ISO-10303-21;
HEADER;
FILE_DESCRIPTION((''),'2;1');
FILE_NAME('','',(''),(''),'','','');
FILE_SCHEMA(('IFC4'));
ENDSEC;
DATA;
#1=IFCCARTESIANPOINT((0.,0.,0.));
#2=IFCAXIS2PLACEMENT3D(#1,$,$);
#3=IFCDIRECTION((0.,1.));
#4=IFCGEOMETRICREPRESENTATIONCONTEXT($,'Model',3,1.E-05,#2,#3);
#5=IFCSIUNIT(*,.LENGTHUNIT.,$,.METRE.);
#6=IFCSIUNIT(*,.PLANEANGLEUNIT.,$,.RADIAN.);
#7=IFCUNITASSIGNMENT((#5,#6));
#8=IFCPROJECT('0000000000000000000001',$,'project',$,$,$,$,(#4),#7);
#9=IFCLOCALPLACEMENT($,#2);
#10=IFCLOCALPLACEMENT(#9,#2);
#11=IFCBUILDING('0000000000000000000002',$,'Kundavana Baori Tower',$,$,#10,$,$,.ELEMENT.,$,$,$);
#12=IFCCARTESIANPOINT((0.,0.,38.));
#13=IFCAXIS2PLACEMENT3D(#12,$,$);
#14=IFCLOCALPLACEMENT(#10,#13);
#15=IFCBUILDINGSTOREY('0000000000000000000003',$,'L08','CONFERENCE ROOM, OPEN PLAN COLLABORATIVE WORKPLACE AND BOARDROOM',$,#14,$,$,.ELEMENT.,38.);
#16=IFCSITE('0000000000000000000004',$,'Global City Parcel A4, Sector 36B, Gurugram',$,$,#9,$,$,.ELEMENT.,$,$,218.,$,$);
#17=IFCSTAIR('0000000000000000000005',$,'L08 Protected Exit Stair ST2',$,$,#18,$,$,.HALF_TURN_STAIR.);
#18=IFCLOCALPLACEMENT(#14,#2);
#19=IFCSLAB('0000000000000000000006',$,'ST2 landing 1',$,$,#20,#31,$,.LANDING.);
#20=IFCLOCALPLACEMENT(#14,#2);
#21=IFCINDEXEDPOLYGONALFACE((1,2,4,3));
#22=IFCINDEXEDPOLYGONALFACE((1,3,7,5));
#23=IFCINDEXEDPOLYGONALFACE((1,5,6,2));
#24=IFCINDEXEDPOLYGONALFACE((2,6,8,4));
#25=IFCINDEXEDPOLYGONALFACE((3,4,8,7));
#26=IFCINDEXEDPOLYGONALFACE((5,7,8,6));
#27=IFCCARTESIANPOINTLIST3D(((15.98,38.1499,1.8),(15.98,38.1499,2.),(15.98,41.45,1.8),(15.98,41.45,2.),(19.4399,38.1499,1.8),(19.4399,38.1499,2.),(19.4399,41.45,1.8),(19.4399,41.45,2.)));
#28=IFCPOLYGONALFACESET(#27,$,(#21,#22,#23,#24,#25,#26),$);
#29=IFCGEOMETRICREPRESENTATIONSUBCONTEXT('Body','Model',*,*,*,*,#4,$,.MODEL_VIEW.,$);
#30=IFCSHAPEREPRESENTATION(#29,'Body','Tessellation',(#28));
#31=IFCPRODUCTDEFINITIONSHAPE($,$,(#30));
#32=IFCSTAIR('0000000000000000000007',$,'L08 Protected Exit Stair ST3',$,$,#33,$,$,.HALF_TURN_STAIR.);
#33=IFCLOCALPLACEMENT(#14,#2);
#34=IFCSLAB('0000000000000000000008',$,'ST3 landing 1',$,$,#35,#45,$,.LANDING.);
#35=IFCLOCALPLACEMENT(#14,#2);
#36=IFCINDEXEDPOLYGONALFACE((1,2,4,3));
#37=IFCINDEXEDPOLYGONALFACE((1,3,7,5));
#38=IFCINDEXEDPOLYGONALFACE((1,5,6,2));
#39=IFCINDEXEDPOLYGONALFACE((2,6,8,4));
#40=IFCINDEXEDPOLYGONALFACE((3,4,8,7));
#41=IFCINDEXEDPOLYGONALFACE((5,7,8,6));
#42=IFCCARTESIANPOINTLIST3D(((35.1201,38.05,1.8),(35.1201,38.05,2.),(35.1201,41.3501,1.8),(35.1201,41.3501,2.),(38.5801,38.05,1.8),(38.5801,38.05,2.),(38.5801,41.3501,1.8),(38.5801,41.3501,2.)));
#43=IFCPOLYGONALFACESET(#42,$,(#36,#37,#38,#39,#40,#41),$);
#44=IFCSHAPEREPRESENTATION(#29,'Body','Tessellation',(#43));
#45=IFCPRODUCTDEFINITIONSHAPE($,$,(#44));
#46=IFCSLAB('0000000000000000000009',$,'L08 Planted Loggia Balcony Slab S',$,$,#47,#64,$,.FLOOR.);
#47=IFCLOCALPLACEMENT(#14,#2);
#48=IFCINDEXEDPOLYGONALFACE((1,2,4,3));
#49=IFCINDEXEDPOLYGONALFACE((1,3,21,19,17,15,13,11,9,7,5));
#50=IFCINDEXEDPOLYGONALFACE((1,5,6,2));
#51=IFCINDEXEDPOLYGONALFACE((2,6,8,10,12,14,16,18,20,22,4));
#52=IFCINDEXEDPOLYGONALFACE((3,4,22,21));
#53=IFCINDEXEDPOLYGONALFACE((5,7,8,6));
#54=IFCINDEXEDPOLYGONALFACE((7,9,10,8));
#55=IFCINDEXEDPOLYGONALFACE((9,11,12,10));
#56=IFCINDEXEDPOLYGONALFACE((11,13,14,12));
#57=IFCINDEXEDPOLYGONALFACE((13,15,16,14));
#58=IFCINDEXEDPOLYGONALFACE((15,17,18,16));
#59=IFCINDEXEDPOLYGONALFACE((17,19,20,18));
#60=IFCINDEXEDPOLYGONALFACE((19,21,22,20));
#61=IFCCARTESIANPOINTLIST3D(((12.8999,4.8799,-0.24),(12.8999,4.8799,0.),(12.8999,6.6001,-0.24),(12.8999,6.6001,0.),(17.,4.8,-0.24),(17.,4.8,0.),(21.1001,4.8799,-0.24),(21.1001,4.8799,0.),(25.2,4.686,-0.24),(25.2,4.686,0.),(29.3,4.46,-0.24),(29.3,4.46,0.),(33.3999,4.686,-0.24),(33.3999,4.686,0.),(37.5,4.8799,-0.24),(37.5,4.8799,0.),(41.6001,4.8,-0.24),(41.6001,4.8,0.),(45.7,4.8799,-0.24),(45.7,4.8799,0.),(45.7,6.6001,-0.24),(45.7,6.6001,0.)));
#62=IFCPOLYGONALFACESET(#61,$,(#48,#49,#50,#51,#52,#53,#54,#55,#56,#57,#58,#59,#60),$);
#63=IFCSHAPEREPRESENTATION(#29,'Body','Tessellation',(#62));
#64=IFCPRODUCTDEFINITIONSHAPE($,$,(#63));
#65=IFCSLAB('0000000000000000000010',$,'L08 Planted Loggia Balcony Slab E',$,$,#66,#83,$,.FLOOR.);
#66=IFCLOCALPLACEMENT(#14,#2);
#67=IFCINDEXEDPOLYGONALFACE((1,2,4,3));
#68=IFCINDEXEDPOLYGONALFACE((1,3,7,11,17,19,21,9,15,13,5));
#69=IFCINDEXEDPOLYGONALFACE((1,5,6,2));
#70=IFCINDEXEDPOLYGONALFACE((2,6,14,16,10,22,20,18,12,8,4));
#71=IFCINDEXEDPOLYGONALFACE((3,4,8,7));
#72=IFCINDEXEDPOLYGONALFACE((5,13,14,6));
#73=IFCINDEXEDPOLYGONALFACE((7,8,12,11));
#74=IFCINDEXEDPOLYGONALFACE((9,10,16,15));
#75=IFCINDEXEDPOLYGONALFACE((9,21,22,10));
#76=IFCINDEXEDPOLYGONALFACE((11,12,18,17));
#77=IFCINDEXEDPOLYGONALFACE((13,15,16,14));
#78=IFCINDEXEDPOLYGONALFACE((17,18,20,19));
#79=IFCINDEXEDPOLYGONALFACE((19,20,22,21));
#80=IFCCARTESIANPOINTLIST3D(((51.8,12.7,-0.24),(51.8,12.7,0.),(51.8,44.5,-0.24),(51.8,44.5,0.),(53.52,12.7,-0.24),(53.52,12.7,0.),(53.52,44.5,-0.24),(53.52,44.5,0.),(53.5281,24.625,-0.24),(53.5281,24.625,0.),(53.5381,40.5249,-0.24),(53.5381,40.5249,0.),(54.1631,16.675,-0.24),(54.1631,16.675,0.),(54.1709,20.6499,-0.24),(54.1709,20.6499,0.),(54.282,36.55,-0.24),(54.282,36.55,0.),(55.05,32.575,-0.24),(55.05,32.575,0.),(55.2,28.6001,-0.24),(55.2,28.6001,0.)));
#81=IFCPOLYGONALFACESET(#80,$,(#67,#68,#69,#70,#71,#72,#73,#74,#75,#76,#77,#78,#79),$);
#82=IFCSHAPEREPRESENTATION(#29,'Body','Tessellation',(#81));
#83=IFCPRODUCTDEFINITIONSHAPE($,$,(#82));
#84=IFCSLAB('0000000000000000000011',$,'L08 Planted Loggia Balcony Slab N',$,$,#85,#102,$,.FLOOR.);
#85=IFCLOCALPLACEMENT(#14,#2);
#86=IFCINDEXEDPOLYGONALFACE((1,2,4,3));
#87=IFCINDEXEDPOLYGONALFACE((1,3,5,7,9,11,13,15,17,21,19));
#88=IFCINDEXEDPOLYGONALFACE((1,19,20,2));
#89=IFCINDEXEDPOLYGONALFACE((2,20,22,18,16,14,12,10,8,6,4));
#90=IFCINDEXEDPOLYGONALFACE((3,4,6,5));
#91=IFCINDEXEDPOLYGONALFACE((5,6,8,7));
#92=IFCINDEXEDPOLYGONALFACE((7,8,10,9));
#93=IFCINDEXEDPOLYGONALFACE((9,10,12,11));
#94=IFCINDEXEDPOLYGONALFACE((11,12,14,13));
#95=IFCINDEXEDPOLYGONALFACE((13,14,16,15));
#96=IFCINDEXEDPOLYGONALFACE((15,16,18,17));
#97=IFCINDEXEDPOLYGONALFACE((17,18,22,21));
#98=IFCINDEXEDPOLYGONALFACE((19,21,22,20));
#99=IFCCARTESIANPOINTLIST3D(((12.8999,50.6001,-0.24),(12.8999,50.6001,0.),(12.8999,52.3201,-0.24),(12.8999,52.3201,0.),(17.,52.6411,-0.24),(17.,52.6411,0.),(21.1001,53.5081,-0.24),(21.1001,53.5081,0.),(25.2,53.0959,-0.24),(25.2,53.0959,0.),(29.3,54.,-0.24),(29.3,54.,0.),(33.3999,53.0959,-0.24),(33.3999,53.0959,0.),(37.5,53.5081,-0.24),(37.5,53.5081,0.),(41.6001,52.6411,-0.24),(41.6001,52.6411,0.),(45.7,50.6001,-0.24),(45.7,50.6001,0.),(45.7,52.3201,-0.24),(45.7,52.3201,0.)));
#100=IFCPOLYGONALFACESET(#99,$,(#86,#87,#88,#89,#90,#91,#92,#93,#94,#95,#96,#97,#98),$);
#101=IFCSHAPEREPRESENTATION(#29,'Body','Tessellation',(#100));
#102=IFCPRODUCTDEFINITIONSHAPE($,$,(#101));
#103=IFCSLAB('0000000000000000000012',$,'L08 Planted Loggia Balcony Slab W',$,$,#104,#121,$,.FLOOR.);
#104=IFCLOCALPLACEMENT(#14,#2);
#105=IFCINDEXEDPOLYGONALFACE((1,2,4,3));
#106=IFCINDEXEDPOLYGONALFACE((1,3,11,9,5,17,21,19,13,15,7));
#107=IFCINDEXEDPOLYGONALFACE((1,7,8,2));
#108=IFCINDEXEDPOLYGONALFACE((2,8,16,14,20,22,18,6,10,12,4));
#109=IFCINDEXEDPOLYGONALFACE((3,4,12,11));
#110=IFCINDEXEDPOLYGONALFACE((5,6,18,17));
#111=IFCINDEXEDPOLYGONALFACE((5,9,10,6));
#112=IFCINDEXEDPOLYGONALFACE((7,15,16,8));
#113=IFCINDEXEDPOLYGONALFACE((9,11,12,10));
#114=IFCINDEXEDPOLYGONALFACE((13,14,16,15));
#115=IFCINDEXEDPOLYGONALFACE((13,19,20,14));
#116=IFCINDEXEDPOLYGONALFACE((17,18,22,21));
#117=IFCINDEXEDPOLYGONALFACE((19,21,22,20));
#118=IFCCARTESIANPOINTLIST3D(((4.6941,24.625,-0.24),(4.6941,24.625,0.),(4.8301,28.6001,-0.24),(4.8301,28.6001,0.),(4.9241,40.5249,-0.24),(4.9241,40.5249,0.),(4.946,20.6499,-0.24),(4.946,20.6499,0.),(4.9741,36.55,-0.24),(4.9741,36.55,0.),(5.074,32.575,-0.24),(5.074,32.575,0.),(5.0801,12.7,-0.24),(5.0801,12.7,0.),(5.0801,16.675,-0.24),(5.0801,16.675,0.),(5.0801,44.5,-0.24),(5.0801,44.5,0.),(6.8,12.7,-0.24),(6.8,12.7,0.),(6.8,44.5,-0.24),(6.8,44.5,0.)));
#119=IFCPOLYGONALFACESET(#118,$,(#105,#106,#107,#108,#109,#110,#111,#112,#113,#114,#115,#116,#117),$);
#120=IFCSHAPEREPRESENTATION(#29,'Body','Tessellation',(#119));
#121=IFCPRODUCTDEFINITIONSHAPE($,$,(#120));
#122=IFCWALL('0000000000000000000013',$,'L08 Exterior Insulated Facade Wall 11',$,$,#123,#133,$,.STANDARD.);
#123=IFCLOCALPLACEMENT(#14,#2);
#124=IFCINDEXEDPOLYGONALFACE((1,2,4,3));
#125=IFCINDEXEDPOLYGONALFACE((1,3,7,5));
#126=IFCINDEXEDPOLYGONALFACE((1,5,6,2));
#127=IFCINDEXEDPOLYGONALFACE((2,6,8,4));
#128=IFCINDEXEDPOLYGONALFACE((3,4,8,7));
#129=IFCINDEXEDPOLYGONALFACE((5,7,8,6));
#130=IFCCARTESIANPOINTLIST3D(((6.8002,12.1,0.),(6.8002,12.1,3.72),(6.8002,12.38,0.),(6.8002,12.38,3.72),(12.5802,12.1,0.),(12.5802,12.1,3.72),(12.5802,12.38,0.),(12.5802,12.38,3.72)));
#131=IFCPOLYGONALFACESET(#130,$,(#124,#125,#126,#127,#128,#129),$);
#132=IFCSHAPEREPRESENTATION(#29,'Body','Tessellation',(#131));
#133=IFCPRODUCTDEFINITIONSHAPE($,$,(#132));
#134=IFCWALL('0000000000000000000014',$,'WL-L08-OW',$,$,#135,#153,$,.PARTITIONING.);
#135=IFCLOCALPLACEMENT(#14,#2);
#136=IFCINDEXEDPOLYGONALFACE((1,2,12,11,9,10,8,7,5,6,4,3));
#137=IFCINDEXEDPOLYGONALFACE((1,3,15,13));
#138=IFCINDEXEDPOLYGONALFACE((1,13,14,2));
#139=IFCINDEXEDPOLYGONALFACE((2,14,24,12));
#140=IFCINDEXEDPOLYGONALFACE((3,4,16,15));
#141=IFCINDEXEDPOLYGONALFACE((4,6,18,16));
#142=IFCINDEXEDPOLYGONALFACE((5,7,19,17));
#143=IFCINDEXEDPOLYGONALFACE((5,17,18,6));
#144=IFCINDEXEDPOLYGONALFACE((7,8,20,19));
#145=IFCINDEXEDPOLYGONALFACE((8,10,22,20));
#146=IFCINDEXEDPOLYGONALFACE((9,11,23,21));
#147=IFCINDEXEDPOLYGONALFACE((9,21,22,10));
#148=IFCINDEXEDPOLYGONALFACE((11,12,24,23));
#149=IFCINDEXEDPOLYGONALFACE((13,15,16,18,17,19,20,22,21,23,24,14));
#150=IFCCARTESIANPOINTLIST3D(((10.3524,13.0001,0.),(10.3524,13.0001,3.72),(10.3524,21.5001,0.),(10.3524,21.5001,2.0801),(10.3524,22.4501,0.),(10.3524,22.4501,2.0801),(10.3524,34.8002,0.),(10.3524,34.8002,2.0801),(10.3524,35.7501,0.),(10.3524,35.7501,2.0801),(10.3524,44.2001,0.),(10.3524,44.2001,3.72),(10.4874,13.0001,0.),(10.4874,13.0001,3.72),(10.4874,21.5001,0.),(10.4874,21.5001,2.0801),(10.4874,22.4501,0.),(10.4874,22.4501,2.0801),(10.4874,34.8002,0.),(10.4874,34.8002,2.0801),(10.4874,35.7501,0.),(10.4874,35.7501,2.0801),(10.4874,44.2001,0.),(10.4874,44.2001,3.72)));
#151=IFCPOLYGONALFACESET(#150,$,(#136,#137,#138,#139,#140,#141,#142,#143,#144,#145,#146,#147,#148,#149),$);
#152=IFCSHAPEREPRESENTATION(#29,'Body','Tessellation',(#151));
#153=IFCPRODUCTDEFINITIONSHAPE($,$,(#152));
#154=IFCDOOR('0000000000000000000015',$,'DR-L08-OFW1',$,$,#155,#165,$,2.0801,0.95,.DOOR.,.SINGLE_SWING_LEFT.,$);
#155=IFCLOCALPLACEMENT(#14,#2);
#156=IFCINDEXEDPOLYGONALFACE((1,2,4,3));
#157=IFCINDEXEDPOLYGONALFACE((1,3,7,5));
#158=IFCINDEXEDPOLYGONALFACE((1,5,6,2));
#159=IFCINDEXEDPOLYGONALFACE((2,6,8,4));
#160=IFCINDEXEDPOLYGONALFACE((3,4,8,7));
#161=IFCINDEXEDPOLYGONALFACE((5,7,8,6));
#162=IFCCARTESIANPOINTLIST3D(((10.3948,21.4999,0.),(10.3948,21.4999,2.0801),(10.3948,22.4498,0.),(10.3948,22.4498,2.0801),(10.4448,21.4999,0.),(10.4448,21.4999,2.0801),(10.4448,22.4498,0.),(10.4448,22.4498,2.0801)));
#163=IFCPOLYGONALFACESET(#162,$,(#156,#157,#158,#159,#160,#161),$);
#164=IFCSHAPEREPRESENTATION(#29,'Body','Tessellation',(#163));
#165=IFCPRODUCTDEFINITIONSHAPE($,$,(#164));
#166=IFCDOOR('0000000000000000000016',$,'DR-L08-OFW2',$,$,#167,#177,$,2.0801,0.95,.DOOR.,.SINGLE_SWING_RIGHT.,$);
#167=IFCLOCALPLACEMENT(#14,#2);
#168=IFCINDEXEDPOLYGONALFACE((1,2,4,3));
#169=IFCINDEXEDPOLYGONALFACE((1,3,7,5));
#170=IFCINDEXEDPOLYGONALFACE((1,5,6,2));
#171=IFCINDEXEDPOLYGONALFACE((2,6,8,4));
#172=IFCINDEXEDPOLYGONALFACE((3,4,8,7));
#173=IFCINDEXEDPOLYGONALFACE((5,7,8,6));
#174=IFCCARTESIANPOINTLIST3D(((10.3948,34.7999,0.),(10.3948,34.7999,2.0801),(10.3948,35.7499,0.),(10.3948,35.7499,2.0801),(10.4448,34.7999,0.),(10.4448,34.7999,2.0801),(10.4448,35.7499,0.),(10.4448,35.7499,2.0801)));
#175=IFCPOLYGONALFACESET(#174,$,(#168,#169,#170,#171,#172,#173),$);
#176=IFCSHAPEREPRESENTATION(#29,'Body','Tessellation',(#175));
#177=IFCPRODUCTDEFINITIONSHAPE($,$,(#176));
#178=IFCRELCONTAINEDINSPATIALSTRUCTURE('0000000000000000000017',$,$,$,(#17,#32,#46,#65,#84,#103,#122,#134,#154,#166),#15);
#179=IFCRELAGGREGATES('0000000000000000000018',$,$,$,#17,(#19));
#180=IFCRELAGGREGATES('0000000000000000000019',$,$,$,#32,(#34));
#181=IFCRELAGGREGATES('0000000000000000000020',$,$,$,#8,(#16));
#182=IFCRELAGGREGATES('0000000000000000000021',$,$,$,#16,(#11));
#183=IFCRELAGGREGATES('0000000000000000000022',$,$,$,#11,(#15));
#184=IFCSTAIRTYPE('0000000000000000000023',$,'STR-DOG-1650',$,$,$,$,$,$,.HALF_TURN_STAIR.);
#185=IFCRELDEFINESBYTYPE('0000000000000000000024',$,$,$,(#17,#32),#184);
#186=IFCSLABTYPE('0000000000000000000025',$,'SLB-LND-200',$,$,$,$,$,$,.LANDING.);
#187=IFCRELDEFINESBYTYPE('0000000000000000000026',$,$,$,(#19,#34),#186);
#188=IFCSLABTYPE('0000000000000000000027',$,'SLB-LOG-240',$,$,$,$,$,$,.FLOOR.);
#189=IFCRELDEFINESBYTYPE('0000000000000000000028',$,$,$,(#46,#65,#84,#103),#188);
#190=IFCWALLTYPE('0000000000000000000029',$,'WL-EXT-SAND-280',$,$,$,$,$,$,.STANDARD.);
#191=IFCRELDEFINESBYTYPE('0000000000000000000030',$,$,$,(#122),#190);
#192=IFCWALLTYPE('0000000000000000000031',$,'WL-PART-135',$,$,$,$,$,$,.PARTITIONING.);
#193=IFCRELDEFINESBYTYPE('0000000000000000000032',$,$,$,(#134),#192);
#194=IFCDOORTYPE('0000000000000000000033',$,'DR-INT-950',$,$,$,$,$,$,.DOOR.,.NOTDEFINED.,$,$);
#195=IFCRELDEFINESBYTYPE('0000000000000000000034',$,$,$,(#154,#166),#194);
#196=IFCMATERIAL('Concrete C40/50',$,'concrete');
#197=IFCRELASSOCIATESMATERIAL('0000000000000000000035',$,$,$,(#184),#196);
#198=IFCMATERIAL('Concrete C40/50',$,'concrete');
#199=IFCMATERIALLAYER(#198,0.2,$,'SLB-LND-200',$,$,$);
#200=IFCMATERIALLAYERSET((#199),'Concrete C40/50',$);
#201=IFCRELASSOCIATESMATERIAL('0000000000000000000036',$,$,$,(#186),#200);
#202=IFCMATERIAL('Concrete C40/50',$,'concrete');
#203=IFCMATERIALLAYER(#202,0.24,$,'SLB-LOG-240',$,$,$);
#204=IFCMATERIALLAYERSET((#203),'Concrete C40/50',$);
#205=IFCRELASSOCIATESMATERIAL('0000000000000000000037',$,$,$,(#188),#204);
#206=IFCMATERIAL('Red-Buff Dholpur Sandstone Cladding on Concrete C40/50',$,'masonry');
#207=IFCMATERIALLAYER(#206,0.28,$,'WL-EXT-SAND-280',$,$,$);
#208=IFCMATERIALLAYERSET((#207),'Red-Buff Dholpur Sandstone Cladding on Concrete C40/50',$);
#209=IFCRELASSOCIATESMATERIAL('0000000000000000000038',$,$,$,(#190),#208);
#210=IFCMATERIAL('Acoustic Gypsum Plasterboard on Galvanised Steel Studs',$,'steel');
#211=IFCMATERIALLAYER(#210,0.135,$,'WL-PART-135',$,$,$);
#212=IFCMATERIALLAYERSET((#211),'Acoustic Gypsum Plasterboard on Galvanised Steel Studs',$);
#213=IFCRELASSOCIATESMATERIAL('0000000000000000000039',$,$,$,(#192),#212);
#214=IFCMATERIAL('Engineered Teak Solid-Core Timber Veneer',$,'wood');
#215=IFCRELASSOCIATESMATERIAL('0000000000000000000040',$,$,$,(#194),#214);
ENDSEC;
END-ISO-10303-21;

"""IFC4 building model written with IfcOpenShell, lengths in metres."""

from ifc_helpers import new_model, si_unit, direction, frame, frame_2d, origin, place, context, subcontext, project, spatial, polyline, rectangle, outline, extrude, material, layer, layer_set, type_object, element, fill, aggregate, save


model = new_model("IFC4")

# Units and contexts
model_context = context("Model", 3, precision=1e-05, world=origin(), true_north=direction((0.0, 1.0)))
body_context = subcontext(model_context, "Body", "Model", "MODEL_VIEW")
ifc_project = project(units=[si_unit("LENGTHUNIT", "METRE"), si_unit("PLANEANGLEUNIT", "RADIAN")], contexts=[model_context])

# Site, building, storey
site_placement = place(None, origin())
site = spatial("IfcSite", under=ifc_project, at=site_placement, Name="Global City Parcel A4, Sector 36B, Gurugram", CompositionType="ELEMENT", RefElevation=218.0)
building_placement = place(site_placement, origin())
building = spatial("IfcBuilding", under=site, at=building_placement, Name="Kundavana Baori Tower", CompositionType="ELEMENT")
storey_placement = place(building_placement, frame((0.0, 0.0, 38.0)))
storey = spatial("IfcBuildingStorey", under=building, at=storey_placement, Name="L08", Description="CONFERENCE ROOM, OPEN PLAN COLLABORATIVE WORKPLACE AND BOARDROOM", CompositionType="ELEMENT", Elevation=38.0)

# Stairs, slabs
ifc_material_1 = material(Name="Concrete C40/50", Category="concrete")
stair_type = type_object("IfcStairType", Name="STR-DOG-1650", PredefinedType="HALF_TURN_STAIR", material=ifc_material_1)
ifc_material_2 = material(Name="Concrete C40/50", Category="concrete")
ifc_layer_1 = layer(ifc_material_2, 0.2, Name="SLB-LND-200")
ifc_layer_set_1 = layer_set([ifc_layer_1], Name="Concrete C40/50")
slab_type_1 = type_object("IfcSlabType", Name="SLB-LND-200", PredefinedType="LANDING", material=ifc_layer_set_1)
stair_1_placement = place(storey_placement, origin())
stair_1 = element("IfcStair", 1, at=stair_1_placement, inside=storey, type_object=stair_type, Name="L08 Protected Exit Stair ST2", PredefinedType="HALF_TURN_STAIR")
slab_1_placement = place(storey_placement, frame((0.0, 0.0, 1.8)))
slab_1 = element("IfcSlab", 2, at=slab_1_placement, type_object=slab_type_1, Name="ST2 landing 1", PredefinedType="LANDING", context=body_context, shape_type="SweptSolid", body=[
    extrude(outline(polyline([(19.4399, 38.1499), (19.4399, 41.45), (15.98, 41.45), (15.98, 38.1499), (19.4399, 38.1499)])), origin(), (0.0, 0.0, 1.0), 0.2),
])
aggregate(stair_1, [slab_1])
stair_2_placement = place(storey_placement, origin())
stair_2 = element("IfcStair", 3, at=stair_2_placement, inside=storey, type_object=stair_type, Name="L08 Protected Exit Stair ST3", PredefinedType="HALF_TURN_STAIR")
slab_2_placement = place(storey_placement, frame((0.0, 0.0, 1.8)))
slab_2 = element("IfcSlab", 4, at=slab_2_placement, type_object=slab_type_1, Name="ST3 landing 1", PredefinedType="LANDING", context=body_context, shape_type="SweptSolid", body=[
    extrude(outline(polyline([(38.5801, 38.05), (38.5801, 41.3501), (35.1201, 41.3501), (35.1201, 38.05), (38.5801, 38.05)])), origin(), (0.0, 0.0, 1.0), 0.2),
])
aggregate(stair_2, [slab_2])

# Slabs
ifc_material_3 = material(Name="Concrete C40/50", Category="concrete")
ifc_layer_2 = layer(ifc_material_3, 0.24, Name="SLB-LOG-240")
ifc_layer_set_2 = layer_set([ifc_layer_2], Name="Concrete C40/50")
slab_type_2 = type_object("IfcSlabType", Name="SLB-LOG-240", PredefinedType="FLOOR", material=ifc_layer_set_2)
slab_3_placement = place(storey_placement, frame((0.0, 0.0, -0.24)))
element("IfcSlab", 5, at=slab_3_placement, inside=storey, type_object=slab_type_2, Name="L08 Planted Loggia Balcony Slab S", PredefinedType="FLOOR", context=body_context, shape_type="SweptSolid", body=[
    extrude(outline(polyline([(12.8999, 6.6001), (45.7, 6.6001), (45.7, 4.8799), (41.6001, 4.8), (37.5, 4.8799), (33.3999, 4.686), (29.3, 4.46), (25.2, 4.686), (21.1001, 4.8799), (17.0, 4.8), (12.8999, 4.8799), (12.8999, 6.6001)])), origin(), (0.0, 0.0, 1.0), 0.24),
])
slab_4_placement = place(storey_placement, frame((0.0, 0.0, -0.24)))
element("IfcSlab", 6, at=slab_4_placement, inside=storey, type_object=slab_type_2, Name="L08 Planted Loggia Balcony Slab E", PredefinedType="FLOOR", context=body_context, shape_type="SweptSolid", body=[
    extrude(outline(polyline([(51.8, 12.7), (51.8, 44.5), (53.52, 44.5), (53.5381, 40.5249), (54.282, 36.55), (55.05, 32.575), (55.2, 28.6001), (53.5281, 24.625), (54.1709, 20.6499), (54.1631, 16.675), (53.52, 12.7), (51.8, 12.7)])), origin(), (0.0, 0.0, 1.0), 0.24),
])
slab_5_placement = place(storey_placement, frame((0.0, 0.0, -0.24)))
element("IfcSlab", 7, at=slab_5_placement, inside=storey, type_object=slab_type_2, Name="L08 Planted Loggia Balcony Slab N", PredefinedType="FLOOR", context=body_context, shape_type="SweptSolid", body=[
    extrude(outline(polyline([(45.7, 50.6001), (12.8999, 50.6001), (12.8999, 52.3201), (17.0, 52.6411), (21.1001, 53.5081), (25.2, 53.0959), (29.3, 54.0), (33.3999, 53.0959), (37.5, 53.5081), (41.6001, 52.6411), (45.7, 52.3201), (45.7, 50.6001)])), origin(), (0.0, 0.0, 1.0), 0.24),
])
slab_6_placement = place(storey_placement, frame((0.0, 0.0, -0.24)))
element("IfcSlab", 8, at=slab_6_placement, inside=storey, type_object=slab_type_2, Name="L08 Planted Loggia Balcony Slab W", PredefinedType="FLOOR", context=body_context, shape_type="SweptSolid", body=[
    extrude(outline(polyline([(6.8, 44.5), (6.8, 12.7), (5.0801, 12.7), (5.0801, 16.675), (4.946, 20.6499), (4.6941, 24.625), (4.8301, 28.6001), (5.074, 32.575), (4.9741, 36.55), (4.9241, 40.5249), (5.0801, 44.5), (6.8, 44.5)])), origin(), (0.0, 0.0, 1.0), 0.24),
])

# Wall
ifc_material_4 = material(Name="Red-Buff Dholpur Sandstone Cladding on Concrete C40/50", Category="masonry")
ifc_layer_3 = layer(ifc_material_4, 0.28, Name="WL-EXT-SAND-280")
ifc_layer_set_3 = layer_set([ifc_layer_3], Name="Red-Buff Dholpur Sandstone Cladding on Concrete C40/50")
wall_type_1 = type_object("IfcWallType", Name="WL-EXT-SAND-280", PredefinedType="STANDARD", material=ifc_layer_set_3)
wall_1_placement = place(storey_placement, frame((6.8, 12.24, 0.0), z_axis=(0.0, 0.0, 1.0), x_axis=(1.0, 0.0, 0.0)))
element("IfcWall", 9, at=wall_1_placement, inside=storey, type_object=wall_type_1, Name="L08 Exterior Insulated Facade Wall 11", PredefinedType="STANDARD", context=body_context, shape_type="SweptSolid", body=[
    extrude(rectangle(XDim=5.78, YDim=0.28, at=frame_2d((2.8901, 0.0))), origin(), (0.0, 0.0, 1.0), 3.72),
])

# Wall, openings, doors
ifc_material_5 = material(Name="Acoustic Gypsum Plasterboard on Galvanised Steel Studs", Category="steel")
ifc_layer_4 = layer(ifc_material_5, 0.135, Name="WL-PART-135")
ifc_layer_set_4 = layer_set([ifc_layer_4], Name="Acoustic Gypsum Plasterboard on Galvanised Steel Studs")
wall_type_2 = type_object("IfcWallType", Name="WL-PART-135", PredefinedType="PARTITIONING", material=ifc_layer_set_4)
wall_2_placement = place(storey_placement, frame((10.4199, 13.0, 0.0), z_axis=(0.0, 0.0, 1.0), x_axis=(0.0, 1.0, 0.0)))
wall_2 = element("IfcWall", 10, at=wall_2_placement, inside=storey, type_object=wall_type_2, Name="WL-L08-OW", PredefinedType="PARTITIONING", context=body_context, shape_type="SweptSolid", body=[
    extrude(rectangle(XDim=31.2, YDim=0.135, at=frame_2d((15.6001, 0.0))), origin(), (0.0, 0.0, 1.0), 3.72),
])
opening_1_placement = place(wall_2_placement, frame((8.5, 0.0, 0.0)))
opening_1 = element("IfcOpeningElement", 11, at=opening_1_placement, cuts=wall_2, PredefinedType="OPENING", context=body_context, shape_type="SweptSolid", body=[
    extrude(rectangle(XDim=0.95, YDim=2.0801, at=frame_2d((0.4751, 1.04))), frame((0.0, 0.0776, 0.0), z_axis=(0.0, -1.0, 0.0), x_axis=(1.0, 0.0, 0.0)), (0.0, 0.0, 1.0), 0.155),
])
opening_2_placement = place(wall_2_placement, frame((21.8, 0.0, 0.0)))
opening_2 = element("IfcOpeningElement", 12, at=opening_2_placement, cuts=wall_2, PredefinedType="OPENING", context=body_context, shape_type="SweptSolid", body=[
    extrude(rectangle(XDim=0.95, YDim=2.0801, at=frame_2d((0.4751, 1.04))), frame((0.0, 0.0776, 0.0), z_axis=(0.0, -1.0, 0.0), x_axis=(1.0, 0.0, 0.0)), (0.0, 0.0, 1.0), 0.155),
])
ifc_material_6 = material(Name="Engineered Teak Solid-Core Timber Veneer", Category="wood")
door_type_1 = type_object("IfcDoorType", Name="DR-INT-950", OperationType="NOTDEFINED", PredefinedType="DOOR", material=ifc_material_6)
door_1_placement = place(opening_1_placement, frame((0.95, 0.0, 0.0), z_axis=(0.0, 0.0, 1.0), x_axis=(-1.0, 0.0, 0.0)))
door_1 = element("IfcDoor", 13, at=door_1_placement, inside=storey, type_object=door_type_1, Name="DR-L08-OFW1", OperationType="SINGLE_SWING_LEFT", OverallHeight=2.0801, OverallWidth=0.95, PredefinedType="DOOR", context=body_context, shape_type="SweptSolid", body=[
    extrude(rectangle(XDim=0.95, YDim=2.0801, at=frame_2d((0.4751, 1.04))), frame((0.0, 0.0249, 0.0), z_axis=(0.0, -1.0, 0.0), x_axis=(1.0, 0.0, 0.0)), (0.0, 0.0, 1.0), 0.05),
])
fill(opening_1, door_1)
door_2_placement = place(opening_2_placement, frame((0.95, 0.0, 0.0), z_axis=(0.0, 0.0, 1.0), x_axis=(-1.0, 0.0, 0.0)))
door_2 = element("IfcDoor", 14, at=door_2_placement, inside=storey, type_object=door_type_1, Name="DR-L08-OFW2", OperationType="SINGLE_SWING_RIGHT", OverallHeight=2.0801, OverallWidth=0.95, PredefinedType="DOOR", context=body_context, shape_type="SweptSolid", body=[
    extrude(rectangle(XDim=0.95, YDim=2.0801, at=frame_2d((0.4751, 1.04))), frame((0.0, 0.0249, 0.0), z_axis=(0.0, -1.0, 0.0), x_axis=(1.0, 0.0, 0.0)), (0.0, 0.0, 1.0), 0.05),
])
fill(opening_2, door_2)

save(model, "model.ifc")
